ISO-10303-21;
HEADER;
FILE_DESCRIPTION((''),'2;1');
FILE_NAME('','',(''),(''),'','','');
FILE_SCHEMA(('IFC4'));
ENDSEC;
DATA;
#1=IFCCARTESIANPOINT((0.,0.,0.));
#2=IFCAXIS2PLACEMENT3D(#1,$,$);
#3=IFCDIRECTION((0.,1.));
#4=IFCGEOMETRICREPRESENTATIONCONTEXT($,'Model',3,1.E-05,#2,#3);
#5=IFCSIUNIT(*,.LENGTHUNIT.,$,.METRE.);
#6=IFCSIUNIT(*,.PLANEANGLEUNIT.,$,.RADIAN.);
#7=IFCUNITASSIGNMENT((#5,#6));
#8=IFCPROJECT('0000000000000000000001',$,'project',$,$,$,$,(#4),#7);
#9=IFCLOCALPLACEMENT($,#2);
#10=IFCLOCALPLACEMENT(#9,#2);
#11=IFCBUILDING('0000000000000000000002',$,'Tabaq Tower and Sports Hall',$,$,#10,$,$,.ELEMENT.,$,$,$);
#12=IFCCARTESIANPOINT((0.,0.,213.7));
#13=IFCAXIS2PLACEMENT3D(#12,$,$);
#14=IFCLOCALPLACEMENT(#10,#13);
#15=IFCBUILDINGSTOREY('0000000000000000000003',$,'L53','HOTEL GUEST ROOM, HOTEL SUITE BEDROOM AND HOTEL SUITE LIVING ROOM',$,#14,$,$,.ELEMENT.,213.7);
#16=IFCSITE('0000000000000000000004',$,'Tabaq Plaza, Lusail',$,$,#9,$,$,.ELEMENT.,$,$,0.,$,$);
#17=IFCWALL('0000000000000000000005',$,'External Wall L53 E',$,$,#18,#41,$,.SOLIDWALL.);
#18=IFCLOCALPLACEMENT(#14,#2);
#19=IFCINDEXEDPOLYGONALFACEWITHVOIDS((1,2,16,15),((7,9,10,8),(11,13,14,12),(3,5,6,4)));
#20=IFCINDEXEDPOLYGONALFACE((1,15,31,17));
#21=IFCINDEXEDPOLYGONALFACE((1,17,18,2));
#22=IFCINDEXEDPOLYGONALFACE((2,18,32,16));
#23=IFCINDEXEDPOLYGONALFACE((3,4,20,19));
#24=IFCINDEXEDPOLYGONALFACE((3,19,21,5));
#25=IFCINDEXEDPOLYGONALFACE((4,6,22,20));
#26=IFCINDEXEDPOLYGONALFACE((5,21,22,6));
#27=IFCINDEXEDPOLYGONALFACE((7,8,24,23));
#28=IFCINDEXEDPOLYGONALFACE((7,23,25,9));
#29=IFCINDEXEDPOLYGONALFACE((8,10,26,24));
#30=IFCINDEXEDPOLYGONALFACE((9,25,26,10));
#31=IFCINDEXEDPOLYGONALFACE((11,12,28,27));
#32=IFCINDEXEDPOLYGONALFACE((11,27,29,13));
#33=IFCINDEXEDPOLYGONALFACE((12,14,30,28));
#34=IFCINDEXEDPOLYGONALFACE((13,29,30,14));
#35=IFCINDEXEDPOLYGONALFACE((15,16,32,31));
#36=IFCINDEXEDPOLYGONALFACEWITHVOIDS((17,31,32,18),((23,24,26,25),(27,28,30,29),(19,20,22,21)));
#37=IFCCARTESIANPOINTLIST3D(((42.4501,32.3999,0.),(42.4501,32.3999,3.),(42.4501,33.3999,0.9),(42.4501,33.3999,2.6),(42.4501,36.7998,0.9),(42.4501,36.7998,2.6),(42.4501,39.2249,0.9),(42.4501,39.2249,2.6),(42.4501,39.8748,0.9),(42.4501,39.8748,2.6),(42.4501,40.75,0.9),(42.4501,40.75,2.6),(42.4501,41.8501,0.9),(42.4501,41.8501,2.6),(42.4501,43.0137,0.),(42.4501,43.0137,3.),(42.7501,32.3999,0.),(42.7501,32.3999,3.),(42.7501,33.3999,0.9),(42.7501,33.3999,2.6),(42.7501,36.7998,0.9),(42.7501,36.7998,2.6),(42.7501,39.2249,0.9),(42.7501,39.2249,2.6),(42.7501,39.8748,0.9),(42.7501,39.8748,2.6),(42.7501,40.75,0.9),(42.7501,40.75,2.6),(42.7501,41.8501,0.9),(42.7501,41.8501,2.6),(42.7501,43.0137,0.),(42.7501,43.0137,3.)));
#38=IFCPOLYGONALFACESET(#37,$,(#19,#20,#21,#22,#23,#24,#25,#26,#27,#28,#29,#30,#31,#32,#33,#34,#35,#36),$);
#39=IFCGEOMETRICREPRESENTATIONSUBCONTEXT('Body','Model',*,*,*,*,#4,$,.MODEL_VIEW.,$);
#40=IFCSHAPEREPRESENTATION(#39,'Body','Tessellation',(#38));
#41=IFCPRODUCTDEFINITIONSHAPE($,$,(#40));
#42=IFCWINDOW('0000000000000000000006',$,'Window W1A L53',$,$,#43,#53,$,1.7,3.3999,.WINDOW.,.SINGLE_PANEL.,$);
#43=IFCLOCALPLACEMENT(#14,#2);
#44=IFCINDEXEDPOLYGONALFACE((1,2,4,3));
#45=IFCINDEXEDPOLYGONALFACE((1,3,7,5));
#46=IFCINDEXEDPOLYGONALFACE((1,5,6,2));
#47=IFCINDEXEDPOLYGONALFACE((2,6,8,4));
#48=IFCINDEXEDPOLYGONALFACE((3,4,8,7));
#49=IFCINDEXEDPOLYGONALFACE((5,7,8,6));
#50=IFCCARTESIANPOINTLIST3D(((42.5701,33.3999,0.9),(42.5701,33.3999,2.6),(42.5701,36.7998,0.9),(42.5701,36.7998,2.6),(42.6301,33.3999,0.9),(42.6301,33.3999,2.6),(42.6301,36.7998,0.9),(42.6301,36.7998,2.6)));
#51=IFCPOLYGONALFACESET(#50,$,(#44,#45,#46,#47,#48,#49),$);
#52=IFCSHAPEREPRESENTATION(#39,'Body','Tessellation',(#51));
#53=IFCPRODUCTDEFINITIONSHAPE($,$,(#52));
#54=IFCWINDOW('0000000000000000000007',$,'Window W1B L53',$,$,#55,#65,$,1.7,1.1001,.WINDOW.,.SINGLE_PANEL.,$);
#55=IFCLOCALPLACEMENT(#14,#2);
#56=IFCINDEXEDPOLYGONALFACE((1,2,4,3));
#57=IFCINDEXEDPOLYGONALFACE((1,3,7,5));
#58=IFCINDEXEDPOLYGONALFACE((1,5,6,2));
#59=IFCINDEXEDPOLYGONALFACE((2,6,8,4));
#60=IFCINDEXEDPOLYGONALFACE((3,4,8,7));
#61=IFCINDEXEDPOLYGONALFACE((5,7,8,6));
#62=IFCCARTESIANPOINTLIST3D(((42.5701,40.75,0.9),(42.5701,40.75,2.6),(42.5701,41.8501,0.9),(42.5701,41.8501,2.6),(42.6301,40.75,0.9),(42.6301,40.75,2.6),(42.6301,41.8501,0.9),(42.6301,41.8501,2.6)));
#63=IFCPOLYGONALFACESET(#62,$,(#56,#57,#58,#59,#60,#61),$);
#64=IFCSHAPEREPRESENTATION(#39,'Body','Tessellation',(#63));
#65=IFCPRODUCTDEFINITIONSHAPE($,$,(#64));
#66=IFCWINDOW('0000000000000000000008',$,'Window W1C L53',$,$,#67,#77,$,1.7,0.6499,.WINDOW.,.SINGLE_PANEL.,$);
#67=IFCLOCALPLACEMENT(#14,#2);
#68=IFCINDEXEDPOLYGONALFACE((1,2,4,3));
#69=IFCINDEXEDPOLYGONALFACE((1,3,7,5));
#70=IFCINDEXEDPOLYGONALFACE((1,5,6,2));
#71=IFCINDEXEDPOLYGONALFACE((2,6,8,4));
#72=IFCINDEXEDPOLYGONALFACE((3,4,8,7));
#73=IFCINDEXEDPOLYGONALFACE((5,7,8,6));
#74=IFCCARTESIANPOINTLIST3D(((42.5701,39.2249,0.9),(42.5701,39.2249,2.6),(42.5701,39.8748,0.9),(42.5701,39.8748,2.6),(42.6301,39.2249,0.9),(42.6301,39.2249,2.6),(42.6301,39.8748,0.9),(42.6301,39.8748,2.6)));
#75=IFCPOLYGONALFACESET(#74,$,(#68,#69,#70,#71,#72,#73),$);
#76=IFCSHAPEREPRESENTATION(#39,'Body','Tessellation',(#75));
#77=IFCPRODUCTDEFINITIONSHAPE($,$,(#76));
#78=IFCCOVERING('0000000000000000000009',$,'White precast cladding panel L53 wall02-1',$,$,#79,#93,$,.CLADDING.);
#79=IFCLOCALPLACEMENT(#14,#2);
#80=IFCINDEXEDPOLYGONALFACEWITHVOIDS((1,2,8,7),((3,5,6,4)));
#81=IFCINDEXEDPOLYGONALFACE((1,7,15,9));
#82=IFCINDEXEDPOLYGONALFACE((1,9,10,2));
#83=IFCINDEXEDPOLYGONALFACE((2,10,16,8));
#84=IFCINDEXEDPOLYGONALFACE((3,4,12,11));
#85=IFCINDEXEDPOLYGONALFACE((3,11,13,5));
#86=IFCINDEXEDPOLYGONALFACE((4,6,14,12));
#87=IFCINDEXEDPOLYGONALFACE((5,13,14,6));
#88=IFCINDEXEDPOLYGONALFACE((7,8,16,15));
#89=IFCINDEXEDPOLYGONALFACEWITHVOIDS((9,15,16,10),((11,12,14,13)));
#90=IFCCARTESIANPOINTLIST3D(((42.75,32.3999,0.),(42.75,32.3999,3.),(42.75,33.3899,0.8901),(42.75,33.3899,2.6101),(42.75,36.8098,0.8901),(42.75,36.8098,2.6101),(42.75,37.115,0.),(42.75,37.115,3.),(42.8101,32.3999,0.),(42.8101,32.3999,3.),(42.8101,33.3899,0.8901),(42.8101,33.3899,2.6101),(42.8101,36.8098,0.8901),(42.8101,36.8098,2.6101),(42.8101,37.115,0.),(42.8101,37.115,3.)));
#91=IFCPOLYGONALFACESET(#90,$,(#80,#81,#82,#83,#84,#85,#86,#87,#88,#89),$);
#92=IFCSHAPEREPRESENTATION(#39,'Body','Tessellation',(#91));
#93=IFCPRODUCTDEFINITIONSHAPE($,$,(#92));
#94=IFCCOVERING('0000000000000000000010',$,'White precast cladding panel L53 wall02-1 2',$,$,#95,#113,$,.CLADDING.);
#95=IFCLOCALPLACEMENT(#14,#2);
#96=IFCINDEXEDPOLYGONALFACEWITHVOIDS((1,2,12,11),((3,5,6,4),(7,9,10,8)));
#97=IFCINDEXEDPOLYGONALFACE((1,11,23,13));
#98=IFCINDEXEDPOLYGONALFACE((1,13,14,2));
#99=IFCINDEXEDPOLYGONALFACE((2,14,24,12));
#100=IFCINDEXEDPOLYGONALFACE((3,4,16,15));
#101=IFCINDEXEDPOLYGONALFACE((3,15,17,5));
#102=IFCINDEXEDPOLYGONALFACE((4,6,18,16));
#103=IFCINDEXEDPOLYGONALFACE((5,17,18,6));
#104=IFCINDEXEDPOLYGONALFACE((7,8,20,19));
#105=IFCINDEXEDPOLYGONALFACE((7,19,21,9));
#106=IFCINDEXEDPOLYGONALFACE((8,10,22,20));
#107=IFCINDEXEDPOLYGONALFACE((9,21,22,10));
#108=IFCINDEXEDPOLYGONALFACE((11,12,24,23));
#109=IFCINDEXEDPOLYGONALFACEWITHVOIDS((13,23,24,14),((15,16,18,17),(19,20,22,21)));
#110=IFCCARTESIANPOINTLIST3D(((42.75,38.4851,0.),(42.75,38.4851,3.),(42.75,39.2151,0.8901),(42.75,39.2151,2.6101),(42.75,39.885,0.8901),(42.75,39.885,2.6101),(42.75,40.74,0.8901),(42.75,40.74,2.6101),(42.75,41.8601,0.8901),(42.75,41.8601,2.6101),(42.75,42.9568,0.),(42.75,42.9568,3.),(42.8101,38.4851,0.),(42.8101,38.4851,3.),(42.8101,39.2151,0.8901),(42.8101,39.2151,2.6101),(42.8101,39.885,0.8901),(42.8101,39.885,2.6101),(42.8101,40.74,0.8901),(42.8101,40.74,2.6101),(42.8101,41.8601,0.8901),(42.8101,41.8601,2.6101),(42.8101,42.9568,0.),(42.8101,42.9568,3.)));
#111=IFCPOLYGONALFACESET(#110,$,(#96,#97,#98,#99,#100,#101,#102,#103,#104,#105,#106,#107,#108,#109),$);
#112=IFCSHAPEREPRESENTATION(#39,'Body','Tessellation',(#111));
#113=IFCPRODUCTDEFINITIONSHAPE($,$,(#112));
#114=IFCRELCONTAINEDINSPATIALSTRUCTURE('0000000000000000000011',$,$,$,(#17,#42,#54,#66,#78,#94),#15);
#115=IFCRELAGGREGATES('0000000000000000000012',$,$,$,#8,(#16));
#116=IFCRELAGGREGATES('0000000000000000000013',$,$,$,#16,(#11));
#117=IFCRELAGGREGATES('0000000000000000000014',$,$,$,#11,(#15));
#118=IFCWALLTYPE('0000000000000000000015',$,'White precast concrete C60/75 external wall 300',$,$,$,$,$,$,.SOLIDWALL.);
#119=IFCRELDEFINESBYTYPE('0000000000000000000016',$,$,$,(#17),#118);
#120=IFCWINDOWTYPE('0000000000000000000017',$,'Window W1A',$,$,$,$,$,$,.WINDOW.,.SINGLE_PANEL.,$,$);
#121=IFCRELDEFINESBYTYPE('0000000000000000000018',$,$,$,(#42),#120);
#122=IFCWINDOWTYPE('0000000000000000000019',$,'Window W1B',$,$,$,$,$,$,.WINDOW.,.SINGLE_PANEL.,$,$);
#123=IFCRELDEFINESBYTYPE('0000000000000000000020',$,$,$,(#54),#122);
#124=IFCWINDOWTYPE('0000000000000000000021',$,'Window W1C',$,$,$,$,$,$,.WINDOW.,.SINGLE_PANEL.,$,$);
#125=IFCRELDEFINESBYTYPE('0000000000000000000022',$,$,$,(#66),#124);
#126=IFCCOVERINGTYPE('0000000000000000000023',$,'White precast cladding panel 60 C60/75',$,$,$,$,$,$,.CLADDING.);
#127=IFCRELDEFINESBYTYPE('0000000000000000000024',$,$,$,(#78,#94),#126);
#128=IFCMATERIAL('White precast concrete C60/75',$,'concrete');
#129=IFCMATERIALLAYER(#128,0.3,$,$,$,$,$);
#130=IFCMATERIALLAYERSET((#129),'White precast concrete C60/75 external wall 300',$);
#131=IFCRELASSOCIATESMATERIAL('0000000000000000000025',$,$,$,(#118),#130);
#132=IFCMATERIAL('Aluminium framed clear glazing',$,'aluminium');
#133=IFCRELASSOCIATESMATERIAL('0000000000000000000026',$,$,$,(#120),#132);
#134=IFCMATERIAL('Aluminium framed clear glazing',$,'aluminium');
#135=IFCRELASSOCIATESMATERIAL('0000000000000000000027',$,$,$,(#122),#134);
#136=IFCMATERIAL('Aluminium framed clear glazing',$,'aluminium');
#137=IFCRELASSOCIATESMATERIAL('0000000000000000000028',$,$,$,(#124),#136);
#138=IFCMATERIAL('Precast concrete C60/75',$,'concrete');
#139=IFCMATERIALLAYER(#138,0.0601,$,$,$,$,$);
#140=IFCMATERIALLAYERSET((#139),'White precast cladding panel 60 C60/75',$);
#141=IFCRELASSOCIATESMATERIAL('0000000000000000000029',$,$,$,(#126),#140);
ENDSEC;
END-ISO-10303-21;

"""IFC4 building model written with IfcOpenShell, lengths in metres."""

from ifc_helpers import new_model, si_unit, direction, frame, frame_2d, origin, place, context, subcontext, project, spatial, polyline, rectangle, outline, extrude, material, layer, layer_set, type_object, element, fill, save


model = new_model("IFC4")

# Units and contexts
model_context = context("Model", 3, precision=1e-05, world=origin(), true_north=direction((0.0, 1.0)))
body_context = subcontext(model_context, "Body", "Model", "MODEL_VIEW")
ifc_project = project(units=[si_unit("LENGTHUNIT", "METRE"), si_unit("PLANEANGLEUNIT", "RADIAN")], contexts=[model_context])

# Site, building, storey
site_placement = place(None, origin())
site = spatial("IfcSite", under=ifc_project, at=site_placement, Name="Tabaq Plaza, Lusail", CompositionType="ELEMENT", RefElevation=0.0)
building_placement = place(site_placement, origin())
building = spatial("IfcBuilding", under=site, at=building_placement, Name="Tabaq Tower and Sports Hall", CompositionType="ELEMENT")
storey_placement = place(building_placement, frame((0.0, 0.0, 213.7)))
storey = spatial("IfcBuildingStorey", under=building, at=storey_placement, Name="L53", Description="HOTEL GUEST ROOM, HOTEL SUITE BEDROOM AND HOTEL SUITE LIVING ROOM", CompositionType="ELEMENT", Elevation=213.7)

# Wall, openings, windows
ifc_material_1 = material(Name="White precast concrete C60/75", Category="concrete")
ifc_layer_1 = layer(ifc_material_1, 0.3)
ifc_layer_set_1 = layer_set([ifc_layer_1], Name="White precast concrete C60/75 external wall 300")
wall_type_1 = type_object("IfcWallType", Name="White precast concrete C60/75 external wall 300", PredefinedType="SOLIDWALL", material=ifc_layer_set_1)
wall_1_placement = place(storey_placement, frame((42.6001, 32.3999, 0.0), z_axis=(0.0, 0.0, 1.0), x_axis=(0.0, 1.0, 0.0)))
wall_1 = element("IfcWall", 1, at=wall_1_placement, inside=storey, type_object=wall_type_1, Name="External Wall L53 E", PredefinedType="SOLIDWALL", context=body_context, shape_type="SweptSolid", body=[
    extrude(rectangle(XDim=10.6138, YDim=0.3, at=frame_2d((5.3069, 0.0))), origin(), (0.0, 0.0, 1.0), 3.0),
])
opening_1_placement = place(wall_1_placement, frame((1.0, 0.0, 0.8999)))
opening_1 = element("IfcOpeningElement", 2, at=opening_1_placement, cuts=wall_1, PredefinedType="OPENING", context=body_context, shape_type="SweptSolid", body=[
    extrude(rectangle(XDim=3.3999, YDim=1.7, at=frame_2d((1.7, 0.8501))), frame((0.0, 0.1602, 0.0), z_axis=(0.0, -1.0, 0.0), x_axis=(1.0, 0.0, 0.0)), (0.0, 0.0, 1.0), 0.3201),
])
opening_2_placement = place(wall_1_placement, frame((6.825, 0.0, 0.8999)))
opening_2 = element("IfcOpeningElement", 3, at=opening_2_placement, cuts=wall_1, PredefinedType="OPENING", context=body_context, shape_type="SweptSolid", body=[
    extrude(rectangle(XDim=0.6499, YDim=1.7, at=frame_2d((0.325, 0.8501))), frame((0.0, 0.1602, 0.0), z_axis=(0.0, -1.0, 0.0), x_axis=(1.0, 0.0, 0.0)), (0.0, 0.0, 1.0), 0.3201),
])
opening_3_placement = place(wall_1_placement, frame((8.3501, 0.0, 0.8999)))
opening_3 = element("IfcOpeningElement", 4, at=opening_3_placement, cuts=wall_1, PredefinedType="OPENING", context=body_context, shape_type="SweptSolid", body=[
    extrude(rectangle(XDim=1.1001, YDim=1.7, at=frame_2d((0.55, 0.8501))), frame((0.0, 0.1602, 0.0), z_axis=(0.0, -1.0, 0.0), x_axis=(1.0, 0.0, 0.0)), (0.0, 0.0, 1.0), 0.3201),
])
ifc_material_2 = material(Name="Aluminium framed clear glazing", Category="aluminium")
window_type_1 = type_object("IfcWindowType", Name="Window W1A", PartitioningType="SINGLE_PANEL", PredefinedType="WINDOW", material=ifc_material_2)
window_1_placement = place(opening_1_placement, origin())
window_1 = element("IfcWindow", 5, at=window_1_placement, inside=storey, type_object=window_type_1, Name="Window W1A L53", OverallHeight=1.7, OverallWidth=3.3999, PartitioningType="SINGLE_PANEL", PredefinedType="WINDOW", context=body_context, shape_type="SweptSolid", body=[
    extrude(rectangle(XDim=3.3999, YDim=1.7, at=frame_2d((1.7, 0.8501))), frame((0.0, 0.03, 0.0), z_axis=(0.0, -1.0, 0.0), x_axis=(1.0, 0.0, 0.0)), (0.0, 0.0, 1.0), 0.0601),
])
fill(opening_1, window_1)
ifc_material_3 = material(Name="Aluminium framed clear glazing", Category="aluminium")
window_type_2 = type_object("IfcWindowType", Name="Window W1B", PartitioningType="SINGLE_PANEL", PredefinedType="WINDOW", material=ifc_material_3)
window_2_placement = place(opening_3_placement, origin())
window_2 = element("IfcWindow", 6, at=window_2_placement, inside=storey, type_object=window_type_2, Name="Window W1B L53", OverallHeight=1.7, OverallWidth=1.1001, PartitioningType="SINGLE_PANEL", PredefinedType="WINDOW", context=body_context, shape_type="SweptSolid", body=[
    extrude(rectangle(XDim=1.1001, YDim=1.7, at=frame_2d((0.55, 0.8501))), frame((0.0, 0.03, 0.0), z_axis=(0.0, -1.0, 0.0), x_axis=(1.0, 0.0, 0.0)), (0.0, 0.0, 1.0), 0.0601),
])
fill(opening_3, window_2)
ifc_material_4 = material(Name="Aluminium framed clear glazing", Category="aluminium")
window_type_3 = type_object("IfcWindowType", Name="Window W1C", PartitioningType="SINGLE_PANEL", PredefinedType="WINDOW", material=ifc_material_4)
window_3_placement = place(opening_2_placement, origin())
window_3 = element("IfcWindow", 7, at=window_3_placement, inside=storey, type_object=window_type_3, Name="Window W1C L53", OverallHeight=1.7, OverallWidth=0.6499, PartitioningType="SINGLE_PANEL", PredefinedType="WINDOW", context=body_context, shape_type="SweptSolid", body=[
    extrude(rectangle(XDim=0.6499, YDim=1.7, at=frame_2d((0.325, 0.8501))), frame((0.0, 0.03, 0.0), z_axis=(0.0, -1.0, 0.0), x_axis=(1.0, 0.0, 0.0)), (0.0, 0.0, 1.0), 0.0601),
])
fill(opening_2, window_3)

# Coverings
ifc_material_5 = material(Name="Precast concrete C60/75", Category="concrete")
ifc_layer_2 = layer(ifc_material_5, 0.0601)
ifc_layer_set_2 = layer_set([ifc_layer_2], Name="White precast cladding panel 60 C60/75")
covering_type = type_object("IfcCoveringType", Name="White precast cladding panel 60 C60/75", PredefinedType="CLADDING", material=ifc_layer_set_2)
covering_1_placement = place(storey_placement, frame((42.78, 32.3999, 0.0), z_axis=(0.0, 0.0, 1.0), x_axis=(0.0, 1.0, 0.0)))
element("IfcCovering", 8, at=covering_1_placement, inside=storey, type_object=covering_type, Name="White precast cladding panel L53 wall02-1", PredefinedType="CLADDING", context=body_context, shape_type="SweptSolid", body=[
    extrude(outline(polyline([(0.0, 0.0), (4.7151, 0.0), (4.7151, 3.0), (0.0, 3.0), (0.0, 0.0)]), holes=[polyline([(0.99, 0.8901), (0.99, 2.6101), (4.4099, 2.6101), (4.4099, 0.8901), (0.99, 0.8901)])]), frame((0.0, 0.03, 0.0), z_axis=(0.0, -1.0, 0.0), x_axis=(1.0, 0.0, 0.0)), (0.0, 0.0, 1.0), 0.0601),
])
covering_2_placement = place(storey_placement, frame((42.78, 38.4851, 0.0), z_axis=(0.0, 0.0, 1.0), x_axis=(0.0, 1.0, 0.0)))
element("IfcCovering", 9, at=covering_2_placement, inside=storey, type_object=covering_type, Name="White precast cladding panel L53 wall02-1 2", PredefinedType="CLADDING", context=body_context, shape_type="SweptSolid", body=[
    extrude(outline(polyline([(0.0, 0.0), (4.4717, 0.0), (4.4717, 3.0), (0.0, 3.0), (0.0, 0.0)]), holes=[polyline([(0.73, 2.6101), (1.3999, 2.6101), (1.3999, 0.8901), (0.73, 0.8901), (0.73, 2.6101)]), polyline([(2.2549, 2.6101), (3.375, 2.6101), (3.375, 0.8901), (2.2549, 0.8901), (2.2549, 2.6101)])]), frame((0.0, 0.03, 0.0), z_axis=(0.0, -1.0, 0.0), x_axis=(1.0, 0.0, 0.0)), (0.0, 0.0, 1.0), 0.0601),
])

save(model, "model.ifc")
